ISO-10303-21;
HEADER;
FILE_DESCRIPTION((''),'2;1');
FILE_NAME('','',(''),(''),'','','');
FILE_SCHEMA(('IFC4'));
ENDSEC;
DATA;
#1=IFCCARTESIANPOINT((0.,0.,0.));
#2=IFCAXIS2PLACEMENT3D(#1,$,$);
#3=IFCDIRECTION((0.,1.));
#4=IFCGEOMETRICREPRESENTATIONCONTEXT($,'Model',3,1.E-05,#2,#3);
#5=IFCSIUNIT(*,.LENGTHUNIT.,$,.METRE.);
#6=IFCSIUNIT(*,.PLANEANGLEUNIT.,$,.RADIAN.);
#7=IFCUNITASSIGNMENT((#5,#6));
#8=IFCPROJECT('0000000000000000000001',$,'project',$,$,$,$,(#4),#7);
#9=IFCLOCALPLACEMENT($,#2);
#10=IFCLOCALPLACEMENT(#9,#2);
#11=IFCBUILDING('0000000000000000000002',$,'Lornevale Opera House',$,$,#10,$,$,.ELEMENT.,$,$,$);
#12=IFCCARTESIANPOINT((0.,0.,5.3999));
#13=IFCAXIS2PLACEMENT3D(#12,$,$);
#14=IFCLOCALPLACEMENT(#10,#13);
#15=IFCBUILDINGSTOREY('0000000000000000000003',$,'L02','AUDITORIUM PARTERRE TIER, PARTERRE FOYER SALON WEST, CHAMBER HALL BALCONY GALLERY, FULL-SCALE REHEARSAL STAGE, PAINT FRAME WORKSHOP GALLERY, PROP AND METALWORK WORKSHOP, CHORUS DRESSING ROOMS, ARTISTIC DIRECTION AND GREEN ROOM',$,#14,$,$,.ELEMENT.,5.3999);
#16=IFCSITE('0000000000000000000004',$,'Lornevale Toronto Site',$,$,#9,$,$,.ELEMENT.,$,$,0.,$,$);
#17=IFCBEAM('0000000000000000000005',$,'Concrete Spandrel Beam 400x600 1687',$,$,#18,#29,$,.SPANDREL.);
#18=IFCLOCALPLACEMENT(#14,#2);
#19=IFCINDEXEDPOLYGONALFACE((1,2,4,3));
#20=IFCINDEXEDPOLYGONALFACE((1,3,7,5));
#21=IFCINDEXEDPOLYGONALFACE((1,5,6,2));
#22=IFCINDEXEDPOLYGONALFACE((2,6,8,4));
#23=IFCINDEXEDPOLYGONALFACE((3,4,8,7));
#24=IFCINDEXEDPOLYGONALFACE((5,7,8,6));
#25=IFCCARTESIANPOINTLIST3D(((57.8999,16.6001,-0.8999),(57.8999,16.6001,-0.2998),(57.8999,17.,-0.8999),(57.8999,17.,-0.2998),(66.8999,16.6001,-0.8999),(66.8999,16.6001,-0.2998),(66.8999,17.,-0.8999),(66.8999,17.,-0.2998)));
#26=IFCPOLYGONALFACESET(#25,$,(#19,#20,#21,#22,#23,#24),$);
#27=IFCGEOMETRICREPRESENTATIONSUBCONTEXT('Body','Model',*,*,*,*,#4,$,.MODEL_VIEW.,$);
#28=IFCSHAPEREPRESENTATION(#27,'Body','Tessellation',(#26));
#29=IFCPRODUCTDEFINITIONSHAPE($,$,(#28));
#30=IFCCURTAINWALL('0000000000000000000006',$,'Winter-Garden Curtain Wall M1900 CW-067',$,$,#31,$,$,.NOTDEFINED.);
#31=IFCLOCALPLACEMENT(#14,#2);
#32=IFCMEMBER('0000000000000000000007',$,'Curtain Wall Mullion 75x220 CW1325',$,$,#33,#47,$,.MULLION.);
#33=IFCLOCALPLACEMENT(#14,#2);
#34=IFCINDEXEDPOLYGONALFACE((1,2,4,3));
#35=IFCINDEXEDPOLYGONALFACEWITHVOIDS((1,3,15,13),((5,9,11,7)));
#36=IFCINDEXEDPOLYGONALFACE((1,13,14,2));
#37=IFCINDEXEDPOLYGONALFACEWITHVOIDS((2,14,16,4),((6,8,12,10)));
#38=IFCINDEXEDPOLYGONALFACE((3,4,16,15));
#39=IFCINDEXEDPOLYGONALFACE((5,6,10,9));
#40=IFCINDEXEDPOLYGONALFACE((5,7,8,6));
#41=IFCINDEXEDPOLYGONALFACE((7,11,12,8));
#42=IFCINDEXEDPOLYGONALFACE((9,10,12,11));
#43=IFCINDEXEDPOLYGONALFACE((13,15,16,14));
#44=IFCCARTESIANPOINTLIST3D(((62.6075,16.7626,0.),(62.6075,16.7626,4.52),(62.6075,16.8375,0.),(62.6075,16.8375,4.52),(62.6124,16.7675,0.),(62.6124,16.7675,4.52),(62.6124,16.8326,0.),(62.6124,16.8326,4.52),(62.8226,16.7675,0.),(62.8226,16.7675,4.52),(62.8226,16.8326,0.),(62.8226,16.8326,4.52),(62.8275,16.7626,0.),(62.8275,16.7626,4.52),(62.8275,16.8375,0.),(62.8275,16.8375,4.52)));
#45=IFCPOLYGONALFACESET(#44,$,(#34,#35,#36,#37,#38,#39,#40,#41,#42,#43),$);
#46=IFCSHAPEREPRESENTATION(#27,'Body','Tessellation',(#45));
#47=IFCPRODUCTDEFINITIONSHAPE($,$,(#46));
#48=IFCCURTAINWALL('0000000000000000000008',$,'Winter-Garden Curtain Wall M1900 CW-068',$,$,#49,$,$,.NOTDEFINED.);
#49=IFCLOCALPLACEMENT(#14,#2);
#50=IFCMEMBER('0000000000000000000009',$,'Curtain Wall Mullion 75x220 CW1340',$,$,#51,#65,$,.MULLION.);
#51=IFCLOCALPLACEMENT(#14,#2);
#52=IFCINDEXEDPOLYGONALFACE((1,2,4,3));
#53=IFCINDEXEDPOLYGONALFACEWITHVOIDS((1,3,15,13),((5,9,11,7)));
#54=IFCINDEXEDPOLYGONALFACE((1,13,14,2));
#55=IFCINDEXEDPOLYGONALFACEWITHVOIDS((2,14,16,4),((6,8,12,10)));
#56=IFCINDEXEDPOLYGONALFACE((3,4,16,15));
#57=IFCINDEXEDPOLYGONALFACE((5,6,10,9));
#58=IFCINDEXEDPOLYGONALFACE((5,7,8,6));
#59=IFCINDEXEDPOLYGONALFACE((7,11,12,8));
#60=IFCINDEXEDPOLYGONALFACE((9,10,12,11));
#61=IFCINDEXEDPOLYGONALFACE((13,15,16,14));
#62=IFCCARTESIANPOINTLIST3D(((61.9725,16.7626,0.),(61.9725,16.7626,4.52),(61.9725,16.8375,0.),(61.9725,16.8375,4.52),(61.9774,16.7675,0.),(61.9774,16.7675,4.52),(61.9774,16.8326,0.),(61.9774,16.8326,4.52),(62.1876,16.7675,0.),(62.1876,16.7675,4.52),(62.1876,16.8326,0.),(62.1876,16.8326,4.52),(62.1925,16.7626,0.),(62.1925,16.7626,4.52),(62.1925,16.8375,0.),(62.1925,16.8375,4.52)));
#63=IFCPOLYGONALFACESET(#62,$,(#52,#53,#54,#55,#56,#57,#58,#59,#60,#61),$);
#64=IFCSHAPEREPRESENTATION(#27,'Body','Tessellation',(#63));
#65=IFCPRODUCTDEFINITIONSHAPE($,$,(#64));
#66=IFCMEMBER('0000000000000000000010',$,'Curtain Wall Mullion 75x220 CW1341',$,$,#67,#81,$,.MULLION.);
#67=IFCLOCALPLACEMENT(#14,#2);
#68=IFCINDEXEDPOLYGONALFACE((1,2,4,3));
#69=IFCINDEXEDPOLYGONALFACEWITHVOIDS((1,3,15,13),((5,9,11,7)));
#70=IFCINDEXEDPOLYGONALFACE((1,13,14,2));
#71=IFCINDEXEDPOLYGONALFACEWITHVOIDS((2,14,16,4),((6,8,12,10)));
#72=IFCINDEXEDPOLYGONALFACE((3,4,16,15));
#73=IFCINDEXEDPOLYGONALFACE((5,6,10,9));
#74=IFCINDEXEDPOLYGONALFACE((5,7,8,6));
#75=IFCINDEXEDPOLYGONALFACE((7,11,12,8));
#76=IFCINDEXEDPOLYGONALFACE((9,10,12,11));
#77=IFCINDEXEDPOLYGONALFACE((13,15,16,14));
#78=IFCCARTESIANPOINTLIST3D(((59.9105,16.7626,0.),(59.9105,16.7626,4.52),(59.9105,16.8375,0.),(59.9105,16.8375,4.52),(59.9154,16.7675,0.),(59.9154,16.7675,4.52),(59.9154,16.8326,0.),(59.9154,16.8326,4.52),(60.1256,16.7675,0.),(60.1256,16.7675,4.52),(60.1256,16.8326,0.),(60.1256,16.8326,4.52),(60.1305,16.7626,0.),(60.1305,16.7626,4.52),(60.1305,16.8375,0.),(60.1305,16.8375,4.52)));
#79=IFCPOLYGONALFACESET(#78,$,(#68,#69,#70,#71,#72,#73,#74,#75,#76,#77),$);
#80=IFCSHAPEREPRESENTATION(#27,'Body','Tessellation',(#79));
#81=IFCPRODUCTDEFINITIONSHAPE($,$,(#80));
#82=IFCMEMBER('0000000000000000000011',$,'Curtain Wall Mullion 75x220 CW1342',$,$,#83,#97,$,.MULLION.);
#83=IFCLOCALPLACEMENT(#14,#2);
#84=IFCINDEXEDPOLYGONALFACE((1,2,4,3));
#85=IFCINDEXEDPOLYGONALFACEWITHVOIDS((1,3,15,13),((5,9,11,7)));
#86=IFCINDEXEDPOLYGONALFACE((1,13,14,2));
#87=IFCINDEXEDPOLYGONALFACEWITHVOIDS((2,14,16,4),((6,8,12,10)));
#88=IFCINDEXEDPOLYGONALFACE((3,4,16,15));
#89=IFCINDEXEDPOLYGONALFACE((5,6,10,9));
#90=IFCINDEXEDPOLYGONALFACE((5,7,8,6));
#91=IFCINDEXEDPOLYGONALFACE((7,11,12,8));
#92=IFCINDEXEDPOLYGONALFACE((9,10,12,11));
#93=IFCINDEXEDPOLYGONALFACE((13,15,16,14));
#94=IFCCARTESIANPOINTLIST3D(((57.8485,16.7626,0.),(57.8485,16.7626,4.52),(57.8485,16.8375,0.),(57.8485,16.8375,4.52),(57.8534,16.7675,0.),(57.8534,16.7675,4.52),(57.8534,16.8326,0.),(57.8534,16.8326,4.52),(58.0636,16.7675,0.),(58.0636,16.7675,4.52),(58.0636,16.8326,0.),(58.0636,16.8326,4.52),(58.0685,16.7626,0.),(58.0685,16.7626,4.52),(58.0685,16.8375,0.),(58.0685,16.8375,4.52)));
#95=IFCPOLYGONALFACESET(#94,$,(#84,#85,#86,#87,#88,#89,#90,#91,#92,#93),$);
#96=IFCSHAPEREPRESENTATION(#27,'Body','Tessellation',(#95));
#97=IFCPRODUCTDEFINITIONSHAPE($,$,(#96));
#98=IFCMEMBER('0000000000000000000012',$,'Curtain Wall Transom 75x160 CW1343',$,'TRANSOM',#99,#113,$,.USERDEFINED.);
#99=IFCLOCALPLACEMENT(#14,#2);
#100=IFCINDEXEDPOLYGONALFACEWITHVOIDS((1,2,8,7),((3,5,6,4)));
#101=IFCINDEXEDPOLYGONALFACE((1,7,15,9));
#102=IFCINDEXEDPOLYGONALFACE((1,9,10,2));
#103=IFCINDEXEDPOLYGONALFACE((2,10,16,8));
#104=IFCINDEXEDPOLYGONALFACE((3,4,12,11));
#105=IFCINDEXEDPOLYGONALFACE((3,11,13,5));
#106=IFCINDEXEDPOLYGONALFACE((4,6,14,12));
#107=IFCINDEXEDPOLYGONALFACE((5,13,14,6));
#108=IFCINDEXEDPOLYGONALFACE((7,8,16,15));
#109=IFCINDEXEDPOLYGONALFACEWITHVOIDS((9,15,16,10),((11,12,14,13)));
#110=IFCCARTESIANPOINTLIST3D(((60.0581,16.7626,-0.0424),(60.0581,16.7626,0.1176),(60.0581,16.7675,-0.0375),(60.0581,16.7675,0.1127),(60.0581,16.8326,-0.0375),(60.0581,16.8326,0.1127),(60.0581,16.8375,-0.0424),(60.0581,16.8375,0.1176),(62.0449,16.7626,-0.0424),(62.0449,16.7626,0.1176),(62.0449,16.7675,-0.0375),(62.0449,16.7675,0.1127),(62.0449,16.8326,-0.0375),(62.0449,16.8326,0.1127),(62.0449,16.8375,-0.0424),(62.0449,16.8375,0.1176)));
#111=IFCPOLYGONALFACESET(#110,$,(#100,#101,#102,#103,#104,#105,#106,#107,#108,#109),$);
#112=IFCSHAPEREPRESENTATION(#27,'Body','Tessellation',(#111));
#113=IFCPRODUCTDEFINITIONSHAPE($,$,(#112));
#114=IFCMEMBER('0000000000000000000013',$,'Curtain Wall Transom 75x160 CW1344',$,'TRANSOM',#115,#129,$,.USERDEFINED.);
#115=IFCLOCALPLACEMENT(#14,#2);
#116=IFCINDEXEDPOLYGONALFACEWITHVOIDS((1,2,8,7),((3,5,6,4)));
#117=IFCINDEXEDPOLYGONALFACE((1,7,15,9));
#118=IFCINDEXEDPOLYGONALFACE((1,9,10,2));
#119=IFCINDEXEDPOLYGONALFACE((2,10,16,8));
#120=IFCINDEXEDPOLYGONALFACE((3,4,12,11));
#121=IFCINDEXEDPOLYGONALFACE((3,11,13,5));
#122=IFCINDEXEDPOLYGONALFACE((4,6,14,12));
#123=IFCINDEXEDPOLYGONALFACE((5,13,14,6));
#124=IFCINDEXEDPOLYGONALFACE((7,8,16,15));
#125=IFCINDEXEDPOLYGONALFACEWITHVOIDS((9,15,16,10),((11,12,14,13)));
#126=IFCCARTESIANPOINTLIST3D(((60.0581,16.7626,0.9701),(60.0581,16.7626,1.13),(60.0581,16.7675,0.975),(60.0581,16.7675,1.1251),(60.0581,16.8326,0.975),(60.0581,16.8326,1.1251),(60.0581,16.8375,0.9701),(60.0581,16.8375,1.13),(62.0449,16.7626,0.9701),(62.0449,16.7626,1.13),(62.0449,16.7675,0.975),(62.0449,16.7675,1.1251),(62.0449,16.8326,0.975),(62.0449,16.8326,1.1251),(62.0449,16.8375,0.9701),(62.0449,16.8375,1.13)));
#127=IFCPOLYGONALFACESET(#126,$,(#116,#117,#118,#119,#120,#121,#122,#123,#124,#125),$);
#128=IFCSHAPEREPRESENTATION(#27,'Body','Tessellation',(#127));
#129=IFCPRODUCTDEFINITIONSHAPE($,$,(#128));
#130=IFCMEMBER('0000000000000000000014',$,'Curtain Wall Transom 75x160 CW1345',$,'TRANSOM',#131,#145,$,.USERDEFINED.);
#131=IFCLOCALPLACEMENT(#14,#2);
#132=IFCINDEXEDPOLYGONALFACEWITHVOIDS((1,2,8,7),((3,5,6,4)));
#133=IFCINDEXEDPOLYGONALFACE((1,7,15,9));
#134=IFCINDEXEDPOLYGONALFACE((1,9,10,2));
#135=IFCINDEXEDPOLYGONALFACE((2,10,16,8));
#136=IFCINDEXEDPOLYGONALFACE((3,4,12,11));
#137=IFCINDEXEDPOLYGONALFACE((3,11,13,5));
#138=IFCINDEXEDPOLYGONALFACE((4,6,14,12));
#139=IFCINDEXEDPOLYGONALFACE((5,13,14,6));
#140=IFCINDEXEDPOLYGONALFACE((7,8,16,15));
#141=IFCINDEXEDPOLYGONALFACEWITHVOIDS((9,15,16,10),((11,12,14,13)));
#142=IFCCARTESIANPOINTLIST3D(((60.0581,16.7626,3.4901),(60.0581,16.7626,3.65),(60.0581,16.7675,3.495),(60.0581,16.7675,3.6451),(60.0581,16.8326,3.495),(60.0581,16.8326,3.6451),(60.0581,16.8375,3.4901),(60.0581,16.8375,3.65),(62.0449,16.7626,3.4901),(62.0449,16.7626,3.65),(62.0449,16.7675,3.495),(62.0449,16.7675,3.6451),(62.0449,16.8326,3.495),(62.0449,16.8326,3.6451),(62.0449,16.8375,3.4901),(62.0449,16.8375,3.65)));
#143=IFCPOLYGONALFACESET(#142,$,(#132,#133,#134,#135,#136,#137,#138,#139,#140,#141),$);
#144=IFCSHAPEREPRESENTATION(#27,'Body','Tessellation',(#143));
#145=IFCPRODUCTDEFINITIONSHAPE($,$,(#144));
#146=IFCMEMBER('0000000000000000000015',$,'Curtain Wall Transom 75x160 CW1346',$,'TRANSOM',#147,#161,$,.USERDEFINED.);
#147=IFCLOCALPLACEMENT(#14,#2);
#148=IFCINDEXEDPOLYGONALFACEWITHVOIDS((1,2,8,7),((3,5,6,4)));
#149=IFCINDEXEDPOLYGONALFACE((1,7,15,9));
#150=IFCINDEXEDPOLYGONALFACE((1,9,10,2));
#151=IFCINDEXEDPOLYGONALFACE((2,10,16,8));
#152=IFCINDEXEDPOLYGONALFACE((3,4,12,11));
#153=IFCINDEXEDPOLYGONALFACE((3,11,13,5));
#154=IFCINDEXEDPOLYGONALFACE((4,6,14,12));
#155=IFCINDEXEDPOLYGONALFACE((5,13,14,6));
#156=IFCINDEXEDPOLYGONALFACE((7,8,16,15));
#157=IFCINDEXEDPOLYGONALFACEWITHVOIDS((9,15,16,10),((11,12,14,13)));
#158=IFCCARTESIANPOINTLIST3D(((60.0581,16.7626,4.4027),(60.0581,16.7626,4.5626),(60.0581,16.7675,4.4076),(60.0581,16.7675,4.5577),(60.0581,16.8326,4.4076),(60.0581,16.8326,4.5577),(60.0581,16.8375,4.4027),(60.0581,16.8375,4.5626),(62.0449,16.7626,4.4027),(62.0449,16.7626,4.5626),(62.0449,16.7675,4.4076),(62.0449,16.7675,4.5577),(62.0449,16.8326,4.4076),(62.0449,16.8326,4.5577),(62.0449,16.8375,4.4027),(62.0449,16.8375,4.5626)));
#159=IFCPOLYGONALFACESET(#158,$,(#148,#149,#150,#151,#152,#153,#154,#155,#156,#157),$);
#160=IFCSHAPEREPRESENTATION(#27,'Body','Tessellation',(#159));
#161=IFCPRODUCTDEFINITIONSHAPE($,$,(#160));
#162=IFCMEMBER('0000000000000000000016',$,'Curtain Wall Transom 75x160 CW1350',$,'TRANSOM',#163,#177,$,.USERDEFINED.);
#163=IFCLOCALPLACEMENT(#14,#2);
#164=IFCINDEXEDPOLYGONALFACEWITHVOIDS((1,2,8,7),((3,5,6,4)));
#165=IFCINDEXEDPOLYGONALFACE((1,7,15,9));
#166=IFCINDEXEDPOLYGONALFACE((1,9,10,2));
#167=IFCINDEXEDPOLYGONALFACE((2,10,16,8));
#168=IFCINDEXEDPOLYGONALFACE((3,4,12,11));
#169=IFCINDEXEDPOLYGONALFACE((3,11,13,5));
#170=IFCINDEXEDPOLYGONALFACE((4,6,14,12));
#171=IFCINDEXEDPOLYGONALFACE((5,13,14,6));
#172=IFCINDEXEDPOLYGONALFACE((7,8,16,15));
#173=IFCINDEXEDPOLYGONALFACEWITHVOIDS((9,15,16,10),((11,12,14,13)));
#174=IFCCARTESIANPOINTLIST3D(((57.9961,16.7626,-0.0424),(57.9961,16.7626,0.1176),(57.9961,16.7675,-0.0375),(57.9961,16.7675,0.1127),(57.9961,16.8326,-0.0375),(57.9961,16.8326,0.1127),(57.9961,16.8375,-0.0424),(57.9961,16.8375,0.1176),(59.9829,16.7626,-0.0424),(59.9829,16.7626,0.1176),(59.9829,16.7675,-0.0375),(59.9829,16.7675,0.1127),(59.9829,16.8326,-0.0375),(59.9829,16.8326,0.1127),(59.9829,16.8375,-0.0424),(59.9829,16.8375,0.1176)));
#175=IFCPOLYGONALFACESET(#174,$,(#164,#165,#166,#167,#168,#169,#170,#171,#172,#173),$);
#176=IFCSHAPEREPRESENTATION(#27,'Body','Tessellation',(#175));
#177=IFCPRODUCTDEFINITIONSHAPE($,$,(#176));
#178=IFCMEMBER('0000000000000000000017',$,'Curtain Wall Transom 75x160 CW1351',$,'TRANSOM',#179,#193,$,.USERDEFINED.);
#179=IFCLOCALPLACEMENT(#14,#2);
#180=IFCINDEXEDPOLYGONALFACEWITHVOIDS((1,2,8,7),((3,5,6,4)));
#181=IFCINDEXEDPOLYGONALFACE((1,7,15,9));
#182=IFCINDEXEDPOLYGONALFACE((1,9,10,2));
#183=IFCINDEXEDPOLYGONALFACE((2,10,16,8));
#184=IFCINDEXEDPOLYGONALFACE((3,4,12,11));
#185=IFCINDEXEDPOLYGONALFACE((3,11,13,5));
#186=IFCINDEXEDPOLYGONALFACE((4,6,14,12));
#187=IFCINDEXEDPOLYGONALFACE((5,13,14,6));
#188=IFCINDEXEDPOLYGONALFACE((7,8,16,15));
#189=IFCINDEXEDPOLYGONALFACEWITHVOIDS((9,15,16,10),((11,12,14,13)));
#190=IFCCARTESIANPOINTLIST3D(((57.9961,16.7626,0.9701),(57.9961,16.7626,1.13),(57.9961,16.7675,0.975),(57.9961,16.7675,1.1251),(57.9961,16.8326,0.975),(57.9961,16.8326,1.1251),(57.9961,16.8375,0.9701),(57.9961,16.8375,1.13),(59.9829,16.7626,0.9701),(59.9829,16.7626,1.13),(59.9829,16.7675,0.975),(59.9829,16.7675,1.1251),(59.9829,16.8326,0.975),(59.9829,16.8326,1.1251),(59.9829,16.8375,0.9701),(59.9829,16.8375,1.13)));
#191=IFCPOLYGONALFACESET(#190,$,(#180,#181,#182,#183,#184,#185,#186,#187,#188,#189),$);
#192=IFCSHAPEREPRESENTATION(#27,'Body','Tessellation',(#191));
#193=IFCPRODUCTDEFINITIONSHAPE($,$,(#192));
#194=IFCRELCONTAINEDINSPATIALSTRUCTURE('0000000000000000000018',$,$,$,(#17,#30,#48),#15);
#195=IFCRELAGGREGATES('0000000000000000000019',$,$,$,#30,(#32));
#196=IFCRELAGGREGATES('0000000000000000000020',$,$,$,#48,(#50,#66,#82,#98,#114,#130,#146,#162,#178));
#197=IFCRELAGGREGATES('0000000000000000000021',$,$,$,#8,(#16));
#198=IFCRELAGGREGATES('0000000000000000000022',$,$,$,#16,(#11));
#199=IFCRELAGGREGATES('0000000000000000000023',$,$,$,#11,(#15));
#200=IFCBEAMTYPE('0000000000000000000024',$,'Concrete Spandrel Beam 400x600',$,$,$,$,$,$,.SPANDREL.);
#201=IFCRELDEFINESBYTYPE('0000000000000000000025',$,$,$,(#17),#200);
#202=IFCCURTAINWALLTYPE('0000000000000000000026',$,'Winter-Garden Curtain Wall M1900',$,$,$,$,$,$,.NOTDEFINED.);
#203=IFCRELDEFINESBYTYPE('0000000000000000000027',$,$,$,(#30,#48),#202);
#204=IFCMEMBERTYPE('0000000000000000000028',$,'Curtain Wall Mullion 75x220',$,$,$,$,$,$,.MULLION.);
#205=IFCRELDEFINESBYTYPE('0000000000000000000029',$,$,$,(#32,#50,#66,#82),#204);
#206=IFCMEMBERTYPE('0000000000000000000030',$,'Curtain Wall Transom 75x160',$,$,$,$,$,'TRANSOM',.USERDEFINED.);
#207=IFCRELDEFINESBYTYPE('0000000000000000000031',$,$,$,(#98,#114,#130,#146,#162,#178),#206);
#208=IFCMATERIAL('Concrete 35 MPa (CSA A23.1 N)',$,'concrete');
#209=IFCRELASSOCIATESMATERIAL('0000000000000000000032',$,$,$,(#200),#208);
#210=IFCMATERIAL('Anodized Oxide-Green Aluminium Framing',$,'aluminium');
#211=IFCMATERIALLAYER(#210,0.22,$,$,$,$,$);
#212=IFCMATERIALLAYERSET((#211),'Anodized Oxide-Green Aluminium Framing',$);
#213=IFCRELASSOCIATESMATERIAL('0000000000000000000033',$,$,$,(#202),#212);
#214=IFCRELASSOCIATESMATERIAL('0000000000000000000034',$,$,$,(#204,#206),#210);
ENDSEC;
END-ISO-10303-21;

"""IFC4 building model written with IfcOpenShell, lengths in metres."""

from ifc_helpers import new_model, si_unit, direction, frame, origin, origin_2d, place, context, subcontext, project, spatial, rectangle, hollow_rectangle, extrude, material, layer, layer_set, material_profile, profile_set, type_object, element, aggregate, save


model = new_model("IFC4")

# Units and contexts
model_context = context("Model", 3, precision=1e-05, world=origin(), true_north=direction((0.0, 1.0)))
body_context = subcontext(model_context, "Body", "Model", "MODEL_VIEW")
ifc_project = project(units=[si_unit("LENGTHUNIT", "METRE"), si_unit("PLANEANGLEUNIT", "RADIAN")], contexts=[model_context])

# Site, building, storey
site_placement = place(None, origin())
site = spatial("IfcSite", under=ifc_project, at=site_placement, Name="Lornevale Toronto Site", CompositionType="ELEMENT", RefElevation=0.0)
building_placement = place(site_placement, origin())
building = spatial("IfcBuilding", under=site, at=building_placement, Name="Lornevale Opera House", CompositionType="ELEMENT")
storey_placement = place(building_placement, frame((0.0, 0.0, 5.3999)))
storey = spatial("IfcBuildingStorey", under=building, at=storey_placement, Name="L02", Description="AUDITORIUM PARTERRE TIER, PARTERRE FOYER SALON WEST, CHAMBER HALL BALCONY GALLERY, FULL-SCALE REHEARSAL STAGE, PAINT FRAME WORKSHOP GALLERY, PROP AND METALWORK WORKSHOP, CHORUS DRESSING ROOMS, ARTISTIC DIRECTION AND GREEN ROOM", CompositionType="ELEMENT", Elevation=5.3999)

# Beam
ifc_material_1 = material(Name="Concrete 35 MPa (CSA A23.1 N)", Category="concrete")
ifc_material_profile_1 = material_profile(ifc_material_1, rectangle(XDim=0.3999, YDim=0.6001, at=origin_2d()), Name="RC400x600")
ifc_profile_set_1 = profile_set([ifc_material_profile_1], Name="Concrete 35 MPa (CSA A23.1 N)")
beam_type = type_object("IfcBeamType", Name="Concrete Spandrel Beam 400x600", PredefinedType="SPANDREL", material=ifc_profile_set_1)
beam_placement = place(storey_placement, frame((57.8999, 16.8, -0.5999), z_axis=(1.0, 0.0, 0.0), x_axis=(0.0, 1.0, 0.0)))
element("IfcBeam", 1, at=beam_placement, inside=storey, type_object=beam_type, Name="Concrete Spandrel Beam 400x600 1687", PredefinedType="SPANDREL", context=body_context, shape_type="SweptSolid", body=[
    extrude(rectangle(XDim=0.3999, YDim=0.6001, at=origin_2d()), origin(), (0.0, 0.0, 1.0), 9.0),
])

# Curtain wall, member
ifc_material_2 = material(Name="Anodized Oxide-Green Aluminium Framing", Category="aluminium")
ifc_layer_1 = layer(ifc_material_2, 0.22)
ifc_layer_set_1 = layer_set([ifc_layer_1], Name="Anodized Oxide-Green Aluminium Framing")
curtain_wall_type = type_object("IfcCurtainWallType", Name="Winter-Garden Curtain Wall M1900", PredefinedType="NOTDEFINED", material=ifc_layer_set_1)
curtain_wall_1_placement = place(storey_placement, origin())
curtain_wall_1 = element("IfcCurtainWall", 2, at=curtain_wall_1_placement, inside=storey, type_object=curtain_wall_type, Name="Winter-Garden Curtain Wall M1900 CW-067", PredefinedType="NOTDEFINED")
ifc_material_profile_2 = material_profile(ifc_material_2, hollow_rectangle(XDim=0.075, YDim=0.22, WallThickness=0.0049, at=origin_2d()), Name="ALU75x220x5")
ifc_profile_set_2 = profile_set([ifc_material_profile_2], Name="Anodized Oxide-Green Aluminium Framing")
member_type_1 = type_object("IfcMemberType", Name="Curtain Wall Mullion 75x220", PredefinedType="MULLION", material=ifc_profile_set_2)
member_1_placement = place(storey_placement, frame((62.7175, 16.8, 0.0), z_axis=(0.0, 0.0, 1.0), x_axis=(0.0, -1.0, 0.0)))
member_1 = element("IfcMember", 3, at=member_1_placement, type_object=member_type_1, Name="Curtain Wall Mullion 75x220 CW1325", PredefinedType="MULLION", context=body_context, shape_type="SweptSolid", body=[
    extrude(hollow_rectangle(XDim=0.075, YDim=0.22, WallThickness=0.0049, at=origin_2d()), origin(), (0.0, 0.0, 1.0), 4.52),
])

# Curtain wall, members
curtain_wall_2_placement = place(storey_placement, origin())
curtain_wall_2 = element("IfcCurtainWall", 4, at=curtain_wall_2_placement, inside=storey, type_object=curtain_wall_type, Name="Winter-Garden Curtain Wall M1900 CW-068", PredefinedType="NOTDEFINED")
member_2_placement = place(storey_placement, frame((62.0825, 16.8, 0.0), z_axis=(0.0, 0.0, 1.0), x_axis=(0.0, -1.0, 0.0)))
member_2 = element("IfcMember", 5, at=member_2_placement, type_object=member_type_1, Name="Curtain Wall Mullion 75x220 CW1340", PredefinedType="MULLION", context=body_context, shape_type="SweptSolid", body=[
    extrude(hollow_rectangle(XDim=0.075, YDim=0.22, WallThickness=0.0049, at=origin_2d()), origin(), (0.0, 0.0, 1.0), 4.52),
])
member_3_placement = place(storey_placement, frame((60.0205, 16.8, 0.0), z_axis=(0.0, 0.0, 1.0), x_axis=(0.0, -1.0, 0.0)))
member_3 = element("IfcMember", 6, at=member_3_placement, type_object=member_type_1, Name="Curtain Wall Mullion 75x220 CW1341", PredefinedType="MULLION", context=body_context, shape_type="SweptSolid", body=[
    extrude(hollow_rectangle(XDim=0.075, YDim=0.22, WallThickness=0.0049, at=origin_2d()), origin(), (0.0, 0.0, 1.0), 4.52),
])
member_4_placement = place(storey_placement, frame((57.9585, 16.8, 0.0), z_axis=(0.0, 0.0, 1.0), x_axis=(0.0, -1.0, 0.0)))
member_4 = element("IfcMember", 7, at=member_4_placement, type_object=member_type_1, Name="Curtain Wall Mullion 75x220 CW1342", PredefinedType="MULLION", context=body_context, shape_type="SweptSolid", body=[
    extrude(hollow_rectangle(XDim=0.075, YDim=0.22, WallThickness=0.0049, at=origin_2d()), origin(), (0.0, 0.0, 1.0), 4.52),
])
ifc_material_profile_3 = material_profile(ifc_material_2, hollow_rectangle(XDim=0.075, YDim=0.1599, WallThickness=0.0049, at=origin_2d()), Name="ALU75x160x5")
ifc_profile_set_3 = profile_set([ifc_material_profile_3], Name="Anodized Oxide-Green Aluminium Framing")
member_type_2 = type_object("IfcMemberType", Name="Curtain Wall Transom 75x160", ElementType="TRANSOM", PredefinedType="USERDEFINED", material=ifc_profile_set_3)
member_5_placement = place(storey_placement, frame((62.0449, 16.8, 0.0376), z_axis=(-1.0, 0.0, 0.0), x_axis=(0.0, -1.0, 0.0)))
member_5 = element("IfcMember", 8, at=member_5_placement, type_object=member_type_2, Name="Curtain Wall Transom 75x160 CW1343", ObjectType="TRANSOM", PredefinedType="USERDEFINED", context=body_context, shape_type="SweptSolid", body=[
    extrude(hollow_rectangle(XDim=0.075, YDim=0.1599, WallThickness=0.0049, at=origin_2d()), origin(), (0.0, 0.0, 1.0), 1.9868),
])
member_6_placement = place(storey_placement, frame((62.0449, 16.8, 1.05), z_axis=(-1.0, 0.0, 0.0), x_axis=(0.0, -1.0, 0.0)))
member_6 = element("IfcMember", 9, at=member_6_placement, type_object=member_type_2, Name="Curtain Wall Transom 75x160 CW1344", ObjectType="TRANSOM", PredefinedType="USERDEFINED", context=body_context, shape_type="SweptSolid", body=[
    extrude(hollow_rectangle(XDim=0.075, YDim=0.1599, WallThickness=0.0049, at=origin_2d()), origin(), (0.0, 0.0, 1.0), 1.9868),
])
member_7_placement = place(storey_placement, frame((62.0449, 16.8, 3.5701), z_axis=(-1.0, 0.0, 0.0), x_axis=(0.0, -1.0, 0.0)))
member_7 = element("IfcMember", 10, at=member_7_placement, type_object=member_type_2, Name="Curtain Wall Transom 75x160 CW1345", ObjectType="TRANSOM", PredefinedType="USERDEFINED", context=body_context, shape_type="SweptSolid", body=[
    extrude(hollow_rectangle(XDim=0.075, YDim=0.1599, WallThickness=0.0049, at=origin_2d()), origin(), (0.0, 0.0, 1.0), 1.9868),
])
member_8_placement = place(storey_placement, frame((62.0449, 16.8, 4.4827), z_axis=(-1.0, 0.0, 0.0), x_axis=(0.0, -1.0, 0.0)))
member_8 = element("IfcMember", 11, at=member_8_placement, type_object=member_type_2, Name="Curtain Wall Transom 75x160 CW1346", ObjectType="TRANSOM", PredefinedType="USERDEFINED", context=body_context, shape_type="SweptSolid", body=[
    extrude(hollow_rectangle(XDim=0.075, YDim=0.1599, WallThickness=0.0049, at=origin_2d()), origin(), (0.0, 0.0, 1.0), 1.9868),
])
member_9_placement = place(storey_placement, frame((59.9829, 16.8, 0.0376), z_axis=(-1.0, 0.0, 0.0), x_axis=(0.0, -1.0, 0.0)))
member_9 = element("IfcMember", 12, at=member_9_placement, type_object=member_type_2, Name="Curtain Wall Transom 75x160 CW1350", ObjectType="TRANSOM", PredefinedType="USERDEFINED", context=body_context, shape_type="SweptSolid", body=[
    extrude(hollow_rectangle(XDim=0.075, YDim=0.1599, WallThickness=0.0049, at=origin_2d()), origin(), (0.0, 0.0, 1.0), 1.9868),
])
member_10_placement = place(storey_placement, frame((59.9829, 16.8, 1.05), z_axis=(-1.0, 0.0, 0.0), x_axis=(0.0, -1.0, 0.0)))
member_10 = element("IfcMember", 13, at=member_10_placement, type_object=member_type_2, Name="Curtain Wall Transom 75x160 CW1351", ObjectType="TRANSOM", PredefinedType="USERDEFINED", context=body_context, shape_type="SweptSolid", body=[
    extrude(hollow_rectangle(XDim=0.075, YDim=0.1599, WallThickness=0.0049, at=origin_2d()), origin(), (0.0, 0.0, 1.0), 1.9868),
])

aggregate(curtain_wall_1, [member_1])
aggregate(curtain_wall_2, [member_2, member_3, member_4, member_5, member_6, member_7, member_8, member_9, member_10])

save(model, "model.ifc")
